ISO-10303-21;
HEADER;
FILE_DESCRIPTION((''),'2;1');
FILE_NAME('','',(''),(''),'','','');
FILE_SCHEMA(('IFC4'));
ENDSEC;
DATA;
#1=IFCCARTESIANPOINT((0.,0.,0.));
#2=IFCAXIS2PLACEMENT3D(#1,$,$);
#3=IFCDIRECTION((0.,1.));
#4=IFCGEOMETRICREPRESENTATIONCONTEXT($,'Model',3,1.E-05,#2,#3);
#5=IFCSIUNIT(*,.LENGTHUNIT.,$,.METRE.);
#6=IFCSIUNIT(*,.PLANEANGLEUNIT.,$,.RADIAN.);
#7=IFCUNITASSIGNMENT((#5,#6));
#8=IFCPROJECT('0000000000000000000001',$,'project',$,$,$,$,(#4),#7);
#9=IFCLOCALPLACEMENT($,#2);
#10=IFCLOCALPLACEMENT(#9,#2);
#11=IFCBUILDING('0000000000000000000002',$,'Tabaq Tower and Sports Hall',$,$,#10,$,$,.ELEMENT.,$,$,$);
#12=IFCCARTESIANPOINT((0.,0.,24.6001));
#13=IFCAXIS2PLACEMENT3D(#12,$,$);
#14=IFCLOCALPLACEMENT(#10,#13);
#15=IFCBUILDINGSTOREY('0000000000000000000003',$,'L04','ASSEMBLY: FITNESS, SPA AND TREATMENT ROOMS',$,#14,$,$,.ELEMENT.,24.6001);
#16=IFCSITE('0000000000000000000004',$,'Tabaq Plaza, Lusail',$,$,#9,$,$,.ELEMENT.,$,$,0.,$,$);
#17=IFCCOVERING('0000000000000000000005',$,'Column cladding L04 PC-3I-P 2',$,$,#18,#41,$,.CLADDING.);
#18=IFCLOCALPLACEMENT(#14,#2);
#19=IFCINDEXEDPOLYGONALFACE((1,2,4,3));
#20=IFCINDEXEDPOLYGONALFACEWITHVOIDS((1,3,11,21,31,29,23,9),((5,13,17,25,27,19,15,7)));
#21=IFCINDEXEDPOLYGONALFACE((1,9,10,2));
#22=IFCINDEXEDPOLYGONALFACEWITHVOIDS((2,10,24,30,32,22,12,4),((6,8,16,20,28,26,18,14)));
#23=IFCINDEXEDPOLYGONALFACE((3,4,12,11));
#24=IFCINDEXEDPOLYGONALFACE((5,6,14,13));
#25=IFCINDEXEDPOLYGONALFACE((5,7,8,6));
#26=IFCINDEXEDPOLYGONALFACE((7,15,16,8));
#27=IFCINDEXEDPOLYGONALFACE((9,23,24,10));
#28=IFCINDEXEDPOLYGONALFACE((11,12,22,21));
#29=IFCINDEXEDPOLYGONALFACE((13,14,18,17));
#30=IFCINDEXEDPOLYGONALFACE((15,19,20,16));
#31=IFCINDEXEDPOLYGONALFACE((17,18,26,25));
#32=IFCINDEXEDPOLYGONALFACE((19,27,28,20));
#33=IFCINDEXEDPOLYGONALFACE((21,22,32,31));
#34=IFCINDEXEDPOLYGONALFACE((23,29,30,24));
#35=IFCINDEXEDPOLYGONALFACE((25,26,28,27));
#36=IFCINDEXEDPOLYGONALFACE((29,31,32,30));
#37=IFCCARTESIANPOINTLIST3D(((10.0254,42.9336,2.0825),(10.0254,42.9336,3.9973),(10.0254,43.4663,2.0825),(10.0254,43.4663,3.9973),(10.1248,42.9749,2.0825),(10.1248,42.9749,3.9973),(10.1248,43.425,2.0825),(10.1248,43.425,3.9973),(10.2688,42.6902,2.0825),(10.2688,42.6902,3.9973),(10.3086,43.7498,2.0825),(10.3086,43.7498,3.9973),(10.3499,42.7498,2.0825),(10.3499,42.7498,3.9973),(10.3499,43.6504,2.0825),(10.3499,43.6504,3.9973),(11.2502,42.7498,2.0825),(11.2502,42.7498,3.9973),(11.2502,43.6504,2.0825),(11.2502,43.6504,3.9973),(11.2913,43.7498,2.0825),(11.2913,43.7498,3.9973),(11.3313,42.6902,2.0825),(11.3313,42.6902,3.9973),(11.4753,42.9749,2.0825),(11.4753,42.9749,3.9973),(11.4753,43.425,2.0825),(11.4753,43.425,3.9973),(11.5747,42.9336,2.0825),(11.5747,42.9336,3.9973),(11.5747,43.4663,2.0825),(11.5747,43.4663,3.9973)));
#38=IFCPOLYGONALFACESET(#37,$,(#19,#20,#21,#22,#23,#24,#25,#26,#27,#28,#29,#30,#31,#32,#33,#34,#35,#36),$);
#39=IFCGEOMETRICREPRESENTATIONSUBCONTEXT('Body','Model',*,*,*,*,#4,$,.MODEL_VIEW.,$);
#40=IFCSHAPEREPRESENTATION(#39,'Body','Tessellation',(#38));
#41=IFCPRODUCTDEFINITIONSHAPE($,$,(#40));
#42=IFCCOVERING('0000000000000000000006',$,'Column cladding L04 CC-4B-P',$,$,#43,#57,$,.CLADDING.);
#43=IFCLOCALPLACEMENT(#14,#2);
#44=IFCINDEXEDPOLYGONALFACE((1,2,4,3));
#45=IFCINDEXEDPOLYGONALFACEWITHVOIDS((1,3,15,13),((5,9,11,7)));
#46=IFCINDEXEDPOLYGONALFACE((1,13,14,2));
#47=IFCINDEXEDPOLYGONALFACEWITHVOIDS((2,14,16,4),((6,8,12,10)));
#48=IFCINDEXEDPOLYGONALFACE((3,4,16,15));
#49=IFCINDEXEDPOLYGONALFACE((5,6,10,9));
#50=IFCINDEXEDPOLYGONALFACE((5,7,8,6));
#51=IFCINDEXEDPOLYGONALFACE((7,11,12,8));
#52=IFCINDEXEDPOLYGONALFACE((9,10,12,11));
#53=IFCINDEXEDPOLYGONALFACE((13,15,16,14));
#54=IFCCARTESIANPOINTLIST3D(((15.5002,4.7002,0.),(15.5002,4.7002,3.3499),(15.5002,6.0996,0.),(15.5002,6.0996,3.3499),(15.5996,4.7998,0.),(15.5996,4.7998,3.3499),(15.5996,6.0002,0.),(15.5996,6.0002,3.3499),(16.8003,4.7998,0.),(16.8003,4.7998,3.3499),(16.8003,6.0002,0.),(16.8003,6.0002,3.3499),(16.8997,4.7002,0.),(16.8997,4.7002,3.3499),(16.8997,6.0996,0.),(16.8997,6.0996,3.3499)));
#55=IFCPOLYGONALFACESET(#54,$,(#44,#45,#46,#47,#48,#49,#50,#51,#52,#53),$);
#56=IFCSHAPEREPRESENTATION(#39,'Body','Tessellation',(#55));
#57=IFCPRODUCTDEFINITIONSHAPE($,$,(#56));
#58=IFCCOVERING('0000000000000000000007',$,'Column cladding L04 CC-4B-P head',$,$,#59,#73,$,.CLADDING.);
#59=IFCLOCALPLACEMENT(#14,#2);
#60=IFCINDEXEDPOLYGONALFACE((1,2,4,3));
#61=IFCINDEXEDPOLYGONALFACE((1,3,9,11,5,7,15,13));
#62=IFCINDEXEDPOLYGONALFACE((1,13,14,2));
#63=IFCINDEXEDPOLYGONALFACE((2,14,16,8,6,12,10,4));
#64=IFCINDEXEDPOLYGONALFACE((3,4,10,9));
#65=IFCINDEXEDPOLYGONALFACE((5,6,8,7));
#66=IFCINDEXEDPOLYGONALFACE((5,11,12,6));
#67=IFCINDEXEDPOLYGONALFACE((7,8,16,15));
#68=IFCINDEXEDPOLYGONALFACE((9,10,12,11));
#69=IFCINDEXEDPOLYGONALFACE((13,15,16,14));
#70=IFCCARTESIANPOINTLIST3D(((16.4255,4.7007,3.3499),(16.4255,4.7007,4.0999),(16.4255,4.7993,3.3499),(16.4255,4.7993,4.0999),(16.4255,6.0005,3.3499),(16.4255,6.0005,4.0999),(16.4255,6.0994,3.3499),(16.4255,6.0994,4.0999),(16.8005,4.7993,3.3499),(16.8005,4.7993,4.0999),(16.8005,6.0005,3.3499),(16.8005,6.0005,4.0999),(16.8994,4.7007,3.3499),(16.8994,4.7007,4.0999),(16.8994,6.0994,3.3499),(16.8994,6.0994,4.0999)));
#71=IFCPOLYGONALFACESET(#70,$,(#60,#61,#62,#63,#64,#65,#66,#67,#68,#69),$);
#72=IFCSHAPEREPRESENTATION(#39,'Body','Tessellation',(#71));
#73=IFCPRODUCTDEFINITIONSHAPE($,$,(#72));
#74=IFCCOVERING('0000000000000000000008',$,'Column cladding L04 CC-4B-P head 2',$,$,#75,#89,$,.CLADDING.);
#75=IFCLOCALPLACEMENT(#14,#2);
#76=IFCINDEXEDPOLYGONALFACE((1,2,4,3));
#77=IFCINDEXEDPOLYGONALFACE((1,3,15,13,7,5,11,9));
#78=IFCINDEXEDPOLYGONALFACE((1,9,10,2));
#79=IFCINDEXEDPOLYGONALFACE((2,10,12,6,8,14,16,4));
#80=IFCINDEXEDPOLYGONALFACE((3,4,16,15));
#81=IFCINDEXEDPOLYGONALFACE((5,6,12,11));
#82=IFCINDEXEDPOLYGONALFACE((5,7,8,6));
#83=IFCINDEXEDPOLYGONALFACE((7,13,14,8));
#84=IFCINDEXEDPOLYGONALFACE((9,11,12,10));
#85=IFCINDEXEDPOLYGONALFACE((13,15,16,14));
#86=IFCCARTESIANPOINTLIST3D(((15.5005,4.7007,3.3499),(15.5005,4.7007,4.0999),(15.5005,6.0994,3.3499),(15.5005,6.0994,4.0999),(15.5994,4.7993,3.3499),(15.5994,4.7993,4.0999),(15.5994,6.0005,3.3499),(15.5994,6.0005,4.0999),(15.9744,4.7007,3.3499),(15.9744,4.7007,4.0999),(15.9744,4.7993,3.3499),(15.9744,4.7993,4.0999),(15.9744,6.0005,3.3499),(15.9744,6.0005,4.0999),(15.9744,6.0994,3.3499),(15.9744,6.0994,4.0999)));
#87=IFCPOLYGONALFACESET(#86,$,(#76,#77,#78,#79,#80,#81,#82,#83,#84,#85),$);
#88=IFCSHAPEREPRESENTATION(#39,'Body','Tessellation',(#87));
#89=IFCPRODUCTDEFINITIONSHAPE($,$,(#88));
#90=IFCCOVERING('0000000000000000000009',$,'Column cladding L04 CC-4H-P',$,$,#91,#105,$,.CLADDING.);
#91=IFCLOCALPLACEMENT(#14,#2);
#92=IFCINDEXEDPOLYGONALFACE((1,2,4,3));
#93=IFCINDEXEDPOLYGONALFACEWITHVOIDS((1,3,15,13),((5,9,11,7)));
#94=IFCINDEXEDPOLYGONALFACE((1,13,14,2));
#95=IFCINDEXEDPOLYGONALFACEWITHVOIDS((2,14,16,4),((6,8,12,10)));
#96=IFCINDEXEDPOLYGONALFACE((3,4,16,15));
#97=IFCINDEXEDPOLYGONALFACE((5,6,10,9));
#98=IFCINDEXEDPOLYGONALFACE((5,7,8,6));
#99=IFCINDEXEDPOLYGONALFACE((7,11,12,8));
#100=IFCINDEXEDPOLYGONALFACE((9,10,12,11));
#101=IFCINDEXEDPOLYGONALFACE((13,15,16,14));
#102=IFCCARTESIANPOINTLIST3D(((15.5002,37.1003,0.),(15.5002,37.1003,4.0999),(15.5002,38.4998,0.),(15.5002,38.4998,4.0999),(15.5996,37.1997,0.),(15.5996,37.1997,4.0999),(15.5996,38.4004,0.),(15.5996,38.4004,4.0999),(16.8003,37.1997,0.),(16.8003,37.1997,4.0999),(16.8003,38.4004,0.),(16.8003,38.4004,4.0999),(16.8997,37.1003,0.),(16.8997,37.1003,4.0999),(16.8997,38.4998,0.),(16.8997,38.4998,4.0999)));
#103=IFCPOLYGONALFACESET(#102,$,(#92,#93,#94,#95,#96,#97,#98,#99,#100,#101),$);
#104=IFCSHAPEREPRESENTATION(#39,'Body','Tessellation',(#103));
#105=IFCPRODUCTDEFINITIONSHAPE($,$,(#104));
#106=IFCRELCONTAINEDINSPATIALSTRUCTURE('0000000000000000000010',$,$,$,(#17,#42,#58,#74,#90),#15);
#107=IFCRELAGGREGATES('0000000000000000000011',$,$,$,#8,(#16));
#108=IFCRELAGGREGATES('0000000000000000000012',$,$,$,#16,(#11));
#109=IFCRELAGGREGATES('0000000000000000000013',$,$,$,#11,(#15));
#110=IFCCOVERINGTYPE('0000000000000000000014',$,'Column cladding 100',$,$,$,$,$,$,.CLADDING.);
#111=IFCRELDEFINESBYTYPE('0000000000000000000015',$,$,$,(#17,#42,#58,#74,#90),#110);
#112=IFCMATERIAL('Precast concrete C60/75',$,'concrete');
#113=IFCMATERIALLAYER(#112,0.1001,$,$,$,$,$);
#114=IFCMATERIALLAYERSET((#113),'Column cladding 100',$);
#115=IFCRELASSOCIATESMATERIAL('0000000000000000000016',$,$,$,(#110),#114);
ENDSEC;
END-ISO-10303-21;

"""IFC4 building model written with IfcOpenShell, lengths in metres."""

from ifc_helpers import new_model, si_unit, direction, frame, origin, place, context, subcontext, project, spatial, polyline, outline, extrude, material, layer, layer_set, type_object, element, save


model = new_model("IFC4")

# Units and contexts
model_context = context("Model", 3, precision=1e-05, world=origin(), true_north=direction((0.0, 1.0)))
body_context = subcontext(model_context, "Body", "Model", "MODEL_VIEW")
ifc_project = project(units=[si_unit("LENGTHUNIT", "METRE"), si_unit("PLANEANGLEUNIT", "RADIAN")], contexts=[model_context])

# Site, building, storey
site_placement = place(None, origin())
site = spatial("IfcSite", under=ifc_project, at=site_placement, Name="Tabaq Plaza, Lusail", CompositionType="ELEMENT", RefElevation=0.0)
building_placement = place(site_placement, origin())
building = spatial("IfcBuilding", under=site, at=building_placement, Name="Tabaq Tower and Sports Hall", CompositionType="ELEMENT")
storey_placement = place(building_placement, frame((0.0, 0.0, 24.6001)))
storey = spatial("IfcBuildingStorey", under=building, at=storey_placement, Name="L04", Description="ASSEMBLY: FITNESS, SPA AND TREATMENT ROOMS", CompositionType="ELEMENT", Elevation=24.6001)

# Coverings
ifc_material = material(Name="Precast concrete C60/75", Category="concrete")
ifc_layer = layer(ifc_material, 0.1001)
ifc_layer_set = layer_set([ifc_layer], Name="Column cladding 100")
covering_type = type_object("IfcCoveringType", Name="Column cladding 100", PredefinedType="CLADDING", material=ifc_layer_set)
covering_1_placement = place(storey_placement, frame((0.0, 0.0, 2.0825)))
element("IfcCovering", 1, at=covering_1_placement, inside=storey, type_object=covering_type, Name="Column cladding L04 PC-3I-P 2", PredefinedType="CLADDING", context=body_context, shape_type="SweptSolid", body=[
    extrude(outline(polyline([(10.0254, 43.4663), (10.3086, 43.7498), (11.2913, 43.7498), (11.5747, 43.4663), (11.5747, 42.9336), (11.3313, 42.6902), (10.2688, 42.6902), (10.0254, 42.9336), (10.0254, 43.4663)]), holes=[polyline([(11.4753, 42.9749), (11.4753, 43.425), (11.2502, 43.6504), (10.3499, 43.6504), (10.1248, 43.425), (10.1248, 42.9749), (10.3499, 42.7498), (11.2502, 42.7498), (11.4753, 42.9749)])]), origin(), (0.0, 0.0, 1.0), 1.9148),
])
covering_2_placement = place(storey_placement, origin())
element("IfcCovering", 2, at=covering_2_placement, inside=storey, type_object=covering_type, Name="Column cladding L04 CC-4B-P", PredefinedType="CLADDING", context=body_context, shape_type="SweptSolid", body=[
    extrude(outline(polyline([(15.5002, 6.0996), (16.8997, 6.0996), (16.8997, 4.7002), (15.5002, 4.7002), (15.5002, 6.0996)]), holes=[polyline([(16.8003, 4.7998), (16.8003, 6.0002), (15.5996, 6.0002), (15.5996, 4.7998), (16.8003, 4.7998)])]), origin(), (0.0, 0.0, 1.0), 3.3499),
])
covering_3_placement = place(storey_placement, frame((0.0, 0.0, 3.3499)))
element("IfcCovering", 3, at=covering_3_placement, inside=storey, type_object=covering_type, Name="Column cladding L04 CC-4B-P head", PredefinedType="CLADDING", context=body_context, shape_type="SweptSolid", body=[
    extrude(outline(polyline([(16.4255, 4.7993), (16.8005, 4.7993), (16.8005, 6.0005), (16.4255, 6.0005), (16.4255, 6.0994), (16.8994, 6.0994), (16.8994, 4.7007), (16.4255, 4.7007), (16.4255, 4.7993)])), origin(), (0.0, 0.0, 1.0), 0.75),
])
covering_4_placement = place(storey_placement, frame((0.0, 0.0, 3.3499)))
element("IfcCovering", 4, at=covering_4_placement, inside=storey, type_object=covering_type, Name="Column cladding L04 CC-4B-P head 2", PredefinedType="CLADDING", context=body_context, shape_type="SweptSolid", body=[
    extrude(outline(polyline([(15.9744, 4.7993), (15.9744, 4.7007), (15.5005, 4.7007), (15.5005, 6.0994), (15.9744, 6.0994), (15.9744, 6.0005), (15.5994, 6.0005), (15.5994, 4.7993), (15.9744, 4.7993)])), origin(), (0.0, 0.0, 1.0), 0.75),
])
covering_5_placement = place(storey_placement, origin())
element("IfcCovering", 5, at=covering_5_placement, inside=storey, type_object=covering_type, Name="Column cladding L04 CC-4H-P", PredefinedType="CLADDING", context=body_context, shape_type="SweptSolid", body=[
    extrude(outline(polyline([(15.5002, 38.4998), (16.8997, 38.4998), (16.8997, 37.1003), (15.5002, 37.1003), (15.5002, 38.4998)]), holes=[polyline([(16.8003, 37.1997), (16.8003, 38.4004), (15.5996, 38.4004), (15.5996, 37.1997), (16.8003, 37.1997)])]), origin(), (0.0, 0.0, 1.0), 4.0999),
])

save(model, "model.ifc")
